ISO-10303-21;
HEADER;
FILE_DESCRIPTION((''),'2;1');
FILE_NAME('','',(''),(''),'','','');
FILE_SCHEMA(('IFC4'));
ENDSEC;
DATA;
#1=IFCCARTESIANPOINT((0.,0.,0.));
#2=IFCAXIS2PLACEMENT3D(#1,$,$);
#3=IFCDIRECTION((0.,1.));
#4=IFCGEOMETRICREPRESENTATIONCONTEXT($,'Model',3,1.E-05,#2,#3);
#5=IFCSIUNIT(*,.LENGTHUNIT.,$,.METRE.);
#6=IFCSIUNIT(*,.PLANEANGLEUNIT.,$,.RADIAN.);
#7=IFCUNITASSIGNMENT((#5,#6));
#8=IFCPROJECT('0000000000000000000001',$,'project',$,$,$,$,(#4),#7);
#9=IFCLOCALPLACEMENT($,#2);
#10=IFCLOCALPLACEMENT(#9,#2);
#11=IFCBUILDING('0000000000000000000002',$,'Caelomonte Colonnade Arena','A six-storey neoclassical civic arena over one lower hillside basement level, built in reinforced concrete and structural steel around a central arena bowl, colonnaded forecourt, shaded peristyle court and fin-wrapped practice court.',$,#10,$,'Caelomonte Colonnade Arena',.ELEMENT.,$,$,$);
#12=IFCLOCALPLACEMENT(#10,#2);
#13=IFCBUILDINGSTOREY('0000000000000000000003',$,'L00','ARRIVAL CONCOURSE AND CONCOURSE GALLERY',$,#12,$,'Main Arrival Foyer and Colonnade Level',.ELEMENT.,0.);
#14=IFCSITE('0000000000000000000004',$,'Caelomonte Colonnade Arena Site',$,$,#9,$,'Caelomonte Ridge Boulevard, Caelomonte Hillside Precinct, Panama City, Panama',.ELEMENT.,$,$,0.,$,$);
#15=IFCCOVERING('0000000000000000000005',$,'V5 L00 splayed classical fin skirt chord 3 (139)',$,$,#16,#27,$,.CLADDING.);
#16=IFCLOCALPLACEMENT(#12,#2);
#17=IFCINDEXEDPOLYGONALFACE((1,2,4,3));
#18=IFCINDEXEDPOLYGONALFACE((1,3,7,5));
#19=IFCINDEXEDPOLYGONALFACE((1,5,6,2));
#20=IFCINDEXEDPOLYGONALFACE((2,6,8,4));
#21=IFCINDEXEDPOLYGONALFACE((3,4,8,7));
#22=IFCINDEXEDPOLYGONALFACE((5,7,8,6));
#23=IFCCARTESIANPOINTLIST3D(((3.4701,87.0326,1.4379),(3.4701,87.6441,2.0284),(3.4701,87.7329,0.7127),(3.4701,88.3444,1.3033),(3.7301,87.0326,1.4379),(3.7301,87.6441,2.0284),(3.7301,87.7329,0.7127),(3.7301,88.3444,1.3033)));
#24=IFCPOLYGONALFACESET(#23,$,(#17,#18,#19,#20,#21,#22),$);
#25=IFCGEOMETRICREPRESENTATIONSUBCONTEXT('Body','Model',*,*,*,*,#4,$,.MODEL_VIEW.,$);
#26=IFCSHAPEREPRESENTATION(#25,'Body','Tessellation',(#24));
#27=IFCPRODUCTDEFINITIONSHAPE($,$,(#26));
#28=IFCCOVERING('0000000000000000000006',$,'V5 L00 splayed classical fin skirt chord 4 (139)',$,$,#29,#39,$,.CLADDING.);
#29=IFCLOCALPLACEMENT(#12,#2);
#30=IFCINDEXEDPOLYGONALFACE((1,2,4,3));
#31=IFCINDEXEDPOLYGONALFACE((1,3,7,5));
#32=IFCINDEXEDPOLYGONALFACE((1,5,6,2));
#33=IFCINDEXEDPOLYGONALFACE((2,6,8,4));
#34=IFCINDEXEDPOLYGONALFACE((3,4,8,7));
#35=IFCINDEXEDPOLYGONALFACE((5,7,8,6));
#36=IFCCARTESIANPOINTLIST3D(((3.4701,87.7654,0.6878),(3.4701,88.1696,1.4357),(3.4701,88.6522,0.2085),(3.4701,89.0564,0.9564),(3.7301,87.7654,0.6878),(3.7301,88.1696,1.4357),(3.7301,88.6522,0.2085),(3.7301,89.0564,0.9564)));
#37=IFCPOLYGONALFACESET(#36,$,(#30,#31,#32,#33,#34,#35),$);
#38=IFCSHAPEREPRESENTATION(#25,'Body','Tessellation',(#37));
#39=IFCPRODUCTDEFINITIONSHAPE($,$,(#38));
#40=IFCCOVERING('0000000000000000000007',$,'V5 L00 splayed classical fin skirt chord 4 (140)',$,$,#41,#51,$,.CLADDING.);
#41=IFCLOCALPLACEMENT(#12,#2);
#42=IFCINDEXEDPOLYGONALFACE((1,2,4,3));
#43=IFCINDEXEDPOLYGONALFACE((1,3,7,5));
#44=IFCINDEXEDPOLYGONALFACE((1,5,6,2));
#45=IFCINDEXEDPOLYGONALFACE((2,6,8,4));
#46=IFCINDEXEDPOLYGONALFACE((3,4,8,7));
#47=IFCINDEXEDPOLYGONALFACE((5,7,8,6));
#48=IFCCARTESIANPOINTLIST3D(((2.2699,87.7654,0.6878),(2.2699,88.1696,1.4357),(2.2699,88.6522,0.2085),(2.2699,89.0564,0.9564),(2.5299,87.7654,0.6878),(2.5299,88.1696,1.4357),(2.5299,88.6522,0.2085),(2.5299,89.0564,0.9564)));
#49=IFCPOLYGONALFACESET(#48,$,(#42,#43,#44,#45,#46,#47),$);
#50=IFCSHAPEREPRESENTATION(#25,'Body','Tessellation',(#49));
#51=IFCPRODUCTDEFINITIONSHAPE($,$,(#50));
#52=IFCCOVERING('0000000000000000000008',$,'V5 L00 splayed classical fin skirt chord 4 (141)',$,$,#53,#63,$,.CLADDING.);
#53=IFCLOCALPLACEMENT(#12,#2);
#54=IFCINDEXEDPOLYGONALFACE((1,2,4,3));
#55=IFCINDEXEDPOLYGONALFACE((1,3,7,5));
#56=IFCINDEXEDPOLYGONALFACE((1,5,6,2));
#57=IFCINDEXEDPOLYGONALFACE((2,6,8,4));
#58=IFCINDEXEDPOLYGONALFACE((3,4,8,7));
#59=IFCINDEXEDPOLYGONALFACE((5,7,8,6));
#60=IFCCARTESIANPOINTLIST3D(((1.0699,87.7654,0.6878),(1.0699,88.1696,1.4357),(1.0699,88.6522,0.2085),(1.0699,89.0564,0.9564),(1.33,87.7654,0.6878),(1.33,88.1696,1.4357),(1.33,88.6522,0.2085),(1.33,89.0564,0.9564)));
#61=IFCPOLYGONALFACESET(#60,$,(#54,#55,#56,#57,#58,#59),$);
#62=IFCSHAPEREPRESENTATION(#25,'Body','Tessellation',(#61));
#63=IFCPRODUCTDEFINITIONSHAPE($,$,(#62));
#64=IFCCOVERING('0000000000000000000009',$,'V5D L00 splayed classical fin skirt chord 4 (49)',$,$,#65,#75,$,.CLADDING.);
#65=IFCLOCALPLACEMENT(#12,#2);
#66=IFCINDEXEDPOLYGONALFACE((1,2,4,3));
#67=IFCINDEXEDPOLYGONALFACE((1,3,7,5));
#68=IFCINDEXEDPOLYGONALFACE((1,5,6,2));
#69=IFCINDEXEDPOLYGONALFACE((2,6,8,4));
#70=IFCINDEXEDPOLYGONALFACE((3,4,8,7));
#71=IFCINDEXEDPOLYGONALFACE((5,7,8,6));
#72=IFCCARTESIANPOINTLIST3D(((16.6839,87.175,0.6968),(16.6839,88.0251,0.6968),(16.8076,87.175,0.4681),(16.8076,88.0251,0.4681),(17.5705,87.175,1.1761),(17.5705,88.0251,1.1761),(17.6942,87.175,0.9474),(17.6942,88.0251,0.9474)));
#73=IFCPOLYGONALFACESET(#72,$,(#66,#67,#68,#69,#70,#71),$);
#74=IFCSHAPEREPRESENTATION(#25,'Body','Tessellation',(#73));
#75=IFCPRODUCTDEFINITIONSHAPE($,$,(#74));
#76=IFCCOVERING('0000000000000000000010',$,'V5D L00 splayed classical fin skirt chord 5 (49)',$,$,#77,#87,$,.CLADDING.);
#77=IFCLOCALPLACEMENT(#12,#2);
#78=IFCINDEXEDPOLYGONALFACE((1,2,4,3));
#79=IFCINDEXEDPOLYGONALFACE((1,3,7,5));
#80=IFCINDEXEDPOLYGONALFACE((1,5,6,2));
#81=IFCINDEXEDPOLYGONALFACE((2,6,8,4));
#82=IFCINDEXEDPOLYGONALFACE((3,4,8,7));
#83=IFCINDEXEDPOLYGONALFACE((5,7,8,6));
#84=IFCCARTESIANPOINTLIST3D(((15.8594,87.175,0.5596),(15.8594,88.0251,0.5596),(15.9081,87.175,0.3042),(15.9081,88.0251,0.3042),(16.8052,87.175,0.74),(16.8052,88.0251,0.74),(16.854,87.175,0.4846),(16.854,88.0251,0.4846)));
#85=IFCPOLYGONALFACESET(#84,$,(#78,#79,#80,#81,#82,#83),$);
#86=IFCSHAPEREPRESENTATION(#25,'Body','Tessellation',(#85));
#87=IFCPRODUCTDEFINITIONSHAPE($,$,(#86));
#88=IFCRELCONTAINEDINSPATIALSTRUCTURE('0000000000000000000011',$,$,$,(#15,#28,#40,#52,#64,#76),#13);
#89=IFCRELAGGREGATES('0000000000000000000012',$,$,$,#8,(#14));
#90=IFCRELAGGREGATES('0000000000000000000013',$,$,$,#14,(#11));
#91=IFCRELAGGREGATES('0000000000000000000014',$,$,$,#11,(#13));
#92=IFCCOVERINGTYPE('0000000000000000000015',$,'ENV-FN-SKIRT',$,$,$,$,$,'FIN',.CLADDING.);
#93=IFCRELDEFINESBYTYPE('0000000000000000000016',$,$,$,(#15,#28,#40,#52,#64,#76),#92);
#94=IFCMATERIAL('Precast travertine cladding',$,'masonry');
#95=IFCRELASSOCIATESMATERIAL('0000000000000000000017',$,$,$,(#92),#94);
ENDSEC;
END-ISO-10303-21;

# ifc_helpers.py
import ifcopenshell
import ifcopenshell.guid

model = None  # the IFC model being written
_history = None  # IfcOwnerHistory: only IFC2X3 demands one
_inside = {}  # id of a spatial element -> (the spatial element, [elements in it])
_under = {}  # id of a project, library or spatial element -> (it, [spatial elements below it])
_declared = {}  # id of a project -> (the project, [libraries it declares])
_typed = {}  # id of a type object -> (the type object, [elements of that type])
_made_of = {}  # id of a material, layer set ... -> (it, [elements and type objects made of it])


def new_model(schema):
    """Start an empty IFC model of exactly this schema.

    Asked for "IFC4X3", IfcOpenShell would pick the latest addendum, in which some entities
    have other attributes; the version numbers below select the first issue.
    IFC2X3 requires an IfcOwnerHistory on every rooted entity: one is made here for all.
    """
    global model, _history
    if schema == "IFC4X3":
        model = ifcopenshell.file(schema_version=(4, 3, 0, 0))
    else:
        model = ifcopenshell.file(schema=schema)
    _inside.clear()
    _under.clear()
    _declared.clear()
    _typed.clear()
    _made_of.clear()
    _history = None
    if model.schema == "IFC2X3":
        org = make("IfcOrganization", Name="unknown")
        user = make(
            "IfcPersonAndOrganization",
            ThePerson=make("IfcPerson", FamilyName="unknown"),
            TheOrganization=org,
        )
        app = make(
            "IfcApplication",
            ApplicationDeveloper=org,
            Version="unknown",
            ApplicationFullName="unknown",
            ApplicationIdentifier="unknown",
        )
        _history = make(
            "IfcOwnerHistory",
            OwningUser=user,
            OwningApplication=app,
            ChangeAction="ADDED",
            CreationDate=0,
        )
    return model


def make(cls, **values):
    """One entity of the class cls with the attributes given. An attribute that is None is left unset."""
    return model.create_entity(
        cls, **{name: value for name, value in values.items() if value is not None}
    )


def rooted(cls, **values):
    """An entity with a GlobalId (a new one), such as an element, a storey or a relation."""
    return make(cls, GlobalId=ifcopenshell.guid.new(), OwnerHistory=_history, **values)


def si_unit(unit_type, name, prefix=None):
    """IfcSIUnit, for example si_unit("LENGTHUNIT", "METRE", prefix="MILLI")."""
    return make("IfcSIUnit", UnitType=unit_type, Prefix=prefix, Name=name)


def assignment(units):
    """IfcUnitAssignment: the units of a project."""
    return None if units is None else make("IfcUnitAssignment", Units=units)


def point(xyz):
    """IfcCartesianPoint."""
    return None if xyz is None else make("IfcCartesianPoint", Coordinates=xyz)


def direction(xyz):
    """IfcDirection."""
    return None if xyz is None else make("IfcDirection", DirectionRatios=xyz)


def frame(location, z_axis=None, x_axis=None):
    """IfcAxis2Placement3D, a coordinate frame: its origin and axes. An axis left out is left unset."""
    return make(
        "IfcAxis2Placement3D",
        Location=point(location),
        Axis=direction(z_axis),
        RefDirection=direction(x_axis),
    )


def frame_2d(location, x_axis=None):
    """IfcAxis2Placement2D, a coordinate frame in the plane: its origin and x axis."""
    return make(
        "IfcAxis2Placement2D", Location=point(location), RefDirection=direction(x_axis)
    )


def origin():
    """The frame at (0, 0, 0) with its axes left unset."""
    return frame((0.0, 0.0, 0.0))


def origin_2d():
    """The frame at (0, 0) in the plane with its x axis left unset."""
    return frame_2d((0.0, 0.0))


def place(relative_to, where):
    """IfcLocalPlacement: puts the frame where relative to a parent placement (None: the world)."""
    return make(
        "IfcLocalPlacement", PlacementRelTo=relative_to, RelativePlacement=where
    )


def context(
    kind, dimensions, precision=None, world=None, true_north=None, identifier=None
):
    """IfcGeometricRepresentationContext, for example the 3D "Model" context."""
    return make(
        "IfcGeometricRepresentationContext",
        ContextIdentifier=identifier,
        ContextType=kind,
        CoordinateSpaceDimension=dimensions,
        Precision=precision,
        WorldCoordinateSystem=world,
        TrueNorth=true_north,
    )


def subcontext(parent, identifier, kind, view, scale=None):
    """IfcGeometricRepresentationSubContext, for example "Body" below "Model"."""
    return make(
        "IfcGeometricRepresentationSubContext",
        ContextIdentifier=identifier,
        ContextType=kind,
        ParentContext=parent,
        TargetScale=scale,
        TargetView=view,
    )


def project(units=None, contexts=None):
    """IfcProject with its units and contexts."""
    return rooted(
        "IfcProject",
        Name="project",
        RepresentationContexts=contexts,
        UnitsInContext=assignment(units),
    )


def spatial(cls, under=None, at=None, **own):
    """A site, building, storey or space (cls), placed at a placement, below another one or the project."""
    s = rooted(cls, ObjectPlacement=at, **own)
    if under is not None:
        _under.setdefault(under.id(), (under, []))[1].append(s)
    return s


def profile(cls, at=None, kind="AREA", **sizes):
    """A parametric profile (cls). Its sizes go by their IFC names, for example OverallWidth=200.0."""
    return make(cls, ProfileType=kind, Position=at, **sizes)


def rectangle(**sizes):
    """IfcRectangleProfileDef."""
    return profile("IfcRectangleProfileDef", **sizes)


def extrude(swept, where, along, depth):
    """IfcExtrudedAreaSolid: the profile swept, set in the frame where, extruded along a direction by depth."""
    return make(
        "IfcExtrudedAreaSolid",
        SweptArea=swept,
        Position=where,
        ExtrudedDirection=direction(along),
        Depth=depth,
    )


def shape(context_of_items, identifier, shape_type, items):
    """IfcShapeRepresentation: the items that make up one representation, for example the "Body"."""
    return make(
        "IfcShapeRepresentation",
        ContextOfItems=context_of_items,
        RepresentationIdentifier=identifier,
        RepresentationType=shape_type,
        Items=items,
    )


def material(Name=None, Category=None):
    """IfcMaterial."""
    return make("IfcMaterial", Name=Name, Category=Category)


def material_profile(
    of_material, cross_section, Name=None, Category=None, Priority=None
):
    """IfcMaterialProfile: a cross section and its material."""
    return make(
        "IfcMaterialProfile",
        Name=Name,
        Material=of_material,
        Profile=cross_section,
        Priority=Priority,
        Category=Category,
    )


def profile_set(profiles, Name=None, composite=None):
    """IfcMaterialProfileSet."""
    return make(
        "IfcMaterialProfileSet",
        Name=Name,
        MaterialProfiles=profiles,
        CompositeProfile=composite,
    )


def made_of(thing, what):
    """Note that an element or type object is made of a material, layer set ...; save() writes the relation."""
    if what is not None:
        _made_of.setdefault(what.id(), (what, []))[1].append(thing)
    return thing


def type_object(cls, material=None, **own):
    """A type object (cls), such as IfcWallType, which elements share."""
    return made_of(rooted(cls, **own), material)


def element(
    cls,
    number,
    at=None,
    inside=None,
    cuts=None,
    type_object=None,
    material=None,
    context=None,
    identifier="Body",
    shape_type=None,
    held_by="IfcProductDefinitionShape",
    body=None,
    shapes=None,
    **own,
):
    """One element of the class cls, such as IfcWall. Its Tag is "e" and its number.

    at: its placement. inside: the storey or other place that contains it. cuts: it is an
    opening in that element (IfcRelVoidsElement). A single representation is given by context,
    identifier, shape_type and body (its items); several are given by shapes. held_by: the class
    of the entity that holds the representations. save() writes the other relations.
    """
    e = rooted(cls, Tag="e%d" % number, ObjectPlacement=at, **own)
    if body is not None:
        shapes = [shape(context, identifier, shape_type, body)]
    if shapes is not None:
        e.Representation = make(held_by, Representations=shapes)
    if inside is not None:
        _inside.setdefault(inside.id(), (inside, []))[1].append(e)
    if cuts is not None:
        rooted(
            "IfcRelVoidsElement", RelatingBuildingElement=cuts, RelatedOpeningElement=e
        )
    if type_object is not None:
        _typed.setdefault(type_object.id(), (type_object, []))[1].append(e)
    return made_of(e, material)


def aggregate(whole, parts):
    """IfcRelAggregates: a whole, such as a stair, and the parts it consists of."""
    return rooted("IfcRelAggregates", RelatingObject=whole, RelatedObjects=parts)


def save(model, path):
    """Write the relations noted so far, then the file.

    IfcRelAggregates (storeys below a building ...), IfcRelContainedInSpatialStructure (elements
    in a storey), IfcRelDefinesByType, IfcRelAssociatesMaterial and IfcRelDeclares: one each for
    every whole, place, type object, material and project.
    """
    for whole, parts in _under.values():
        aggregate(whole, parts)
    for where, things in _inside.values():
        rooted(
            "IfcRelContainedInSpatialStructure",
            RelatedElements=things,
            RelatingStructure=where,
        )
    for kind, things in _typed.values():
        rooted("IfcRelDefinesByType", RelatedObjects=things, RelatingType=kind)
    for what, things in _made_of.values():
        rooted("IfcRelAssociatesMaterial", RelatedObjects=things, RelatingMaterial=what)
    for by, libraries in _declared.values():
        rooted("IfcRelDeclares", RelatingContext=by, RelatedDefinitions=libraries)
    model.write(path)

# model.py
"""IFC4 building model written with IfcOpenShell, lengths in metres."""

from ifc_helpers import new_model, si_unit, direction, frame, origin, origin_2d, place, context, subcontext, project, spatial, rectangle, extrude, material, material_profile, profile_set, type_object, element, save


model = new_model("IFC4")

# Units and contexts
model_context = context("Model", 3, precision=1e-05, world=origin(), true_north=direction((0.0, 1.0)))
body_context = subcontext(model_context, "Body", "Model", "MODEL_VIEW")
ifc_project = project(units=[si_unit("LENGTHUNIT", "METRE"), si_unit("PLANEANGLEUNIT", "RADIAN")], contexts=[model_context])

# Site, building, storey
site_placement = place(None, origin())
site = spatial("IfcSite", under=ifc_project, at=site_placement, Name="Caelomonte Colonnade Arena Site", LongName="Caelomonte Ridge Boulevard, Caelomonte Hillside Precinct, Panama City, Panama", CompositionType="ELEMENT", RefElevation=0.0)
building_placement = place(site_placement, origin())
building = spatial("IfcBuilding", under=site, at=building_placement, Name="Caelomonte Colonnade Arena", Description="A six-storey neoclassical civic arena over one lower hillside basement level, built in reinforced concrete and structural steel around a central arena bowl, colonnaded forecourt, shaded peristyle court and fin-wrapped practice court.", LongName="Caelomonte Colonnade Arena", CompositionType="ELEMENT")
storey_placement = place(building_placement, origin())
storey = spatial("IfcBuildingStorey", under=building, at=storey_placement, Name="L00", Description="ARRIVAL CONCOURSE AND CONCOURSE GALLERY", LongName="Main Arrival Foyer and Colonnade Level", CompositionType="ELEMENT", Elevation=0.0)

# Coverings
ifc_material = material(Name="Precast travertine cladding", Category="masonry")
ifc_material_profile = material_profile(ifc_material, rectangle(XDim=0.26, YDim=0.8501, at=origin_2d()), Name="FIN260X850")
ifc_profile_set = profile_set([ifc_material_profile], Name="Precast travertine cladding")
covering_type = type_object("IfcCoveringType", Name="ENV-FN-SKIRT", ElementType="FIN", PredefinedType="CLADDING", material=ifc_profile_set)
for number, where, z_axis, x_axis, name in (
    (1, (3.6001, 87.3384, 1.7332), (0.0, 0.694646, -0.719351), (-1.0, 0.0, 0.0), "V5 L00 splayed classical fin skirt chord 3 (139)"),
    (2, (3.6001, 87.9675, 1.0618), (0.0, 0.879731, -0.475471), (-1.0, 0.0, 0.0), "V5 L00 splayed classical fin skirt chord 4 (139)"),
    (3, (2.3999, 87.9675, 1.0618), (0.0, 0.879731, -0.475471), (-1.0, 0.0, 0.0), "V5 L00 splayed classical fin skirt chord 4 (140)"),
    (4, (1.2, 87.9675, 1.0618), (0.0, 0.879731, -0.475471), (-1.0, 0.0, 0.0), "V5 L00 splayed classical fin skirt chord 4 (141)"),
):
    element("IfcCovering", number, at=place(storey_placement, frame(where, z_axis=z_axis, x_axis=x_axis)), inside=storey, type_object=covering_type, Name=name, PredefinedType="CLADDING", context=body_context, shape_type="SweptSolid", body=[
        extrude(rectangle(XDim=0.26, YDim=0.8501, at=origin_2d()), origin(), (0.0, 0.0, 1.0), 1.0081),
    ])
covering_1_placement = place(storey_placement, frame((17.6323, 87.6001, 1.0618), z_axis=(-0.879676, 0.0, -0.475573), x_axis=(-0.475573, 0.0, 0.879676)))
element("IfcCovering", 5, at=covering_1_placement, inside=storey, type_object=covering_type, Name="V5D L00 splayed classical fin skirt chord 4 (49)", PredefinedType="CLADDING", context=body_context, shape_type="SweptSolid", body=[
    extrude(rectangle(XDim=0.26, YDim=0.8501, at=origin_2d()), origin(), (0.0, 0.0, 1.0), 1.0078),
])
covering_2_placement = place(storey_placement, frame((16.8296, 87.6001, 0.6123), z_axis=(-0.982287, 0.0, -0.18738), x_axis=(-0.18738, 0.0, 0.982287)))
element("IfcCovering", 6, at=covering_2_placement, inside=storey, type_object=covering_type, Name="V5D L00 splayed classical fin skirt chord 5 (49)", PredefinedType="CLADDING", context=body_context, shape_type="SweptSolid", body=[
    extrude(rectangle(XDim=0.26, YDim=0.8501, at=origin_2d()), origin(), (0.0, 0.0, 1.0), 0.9629),
])

save(model, "model.ifc")
